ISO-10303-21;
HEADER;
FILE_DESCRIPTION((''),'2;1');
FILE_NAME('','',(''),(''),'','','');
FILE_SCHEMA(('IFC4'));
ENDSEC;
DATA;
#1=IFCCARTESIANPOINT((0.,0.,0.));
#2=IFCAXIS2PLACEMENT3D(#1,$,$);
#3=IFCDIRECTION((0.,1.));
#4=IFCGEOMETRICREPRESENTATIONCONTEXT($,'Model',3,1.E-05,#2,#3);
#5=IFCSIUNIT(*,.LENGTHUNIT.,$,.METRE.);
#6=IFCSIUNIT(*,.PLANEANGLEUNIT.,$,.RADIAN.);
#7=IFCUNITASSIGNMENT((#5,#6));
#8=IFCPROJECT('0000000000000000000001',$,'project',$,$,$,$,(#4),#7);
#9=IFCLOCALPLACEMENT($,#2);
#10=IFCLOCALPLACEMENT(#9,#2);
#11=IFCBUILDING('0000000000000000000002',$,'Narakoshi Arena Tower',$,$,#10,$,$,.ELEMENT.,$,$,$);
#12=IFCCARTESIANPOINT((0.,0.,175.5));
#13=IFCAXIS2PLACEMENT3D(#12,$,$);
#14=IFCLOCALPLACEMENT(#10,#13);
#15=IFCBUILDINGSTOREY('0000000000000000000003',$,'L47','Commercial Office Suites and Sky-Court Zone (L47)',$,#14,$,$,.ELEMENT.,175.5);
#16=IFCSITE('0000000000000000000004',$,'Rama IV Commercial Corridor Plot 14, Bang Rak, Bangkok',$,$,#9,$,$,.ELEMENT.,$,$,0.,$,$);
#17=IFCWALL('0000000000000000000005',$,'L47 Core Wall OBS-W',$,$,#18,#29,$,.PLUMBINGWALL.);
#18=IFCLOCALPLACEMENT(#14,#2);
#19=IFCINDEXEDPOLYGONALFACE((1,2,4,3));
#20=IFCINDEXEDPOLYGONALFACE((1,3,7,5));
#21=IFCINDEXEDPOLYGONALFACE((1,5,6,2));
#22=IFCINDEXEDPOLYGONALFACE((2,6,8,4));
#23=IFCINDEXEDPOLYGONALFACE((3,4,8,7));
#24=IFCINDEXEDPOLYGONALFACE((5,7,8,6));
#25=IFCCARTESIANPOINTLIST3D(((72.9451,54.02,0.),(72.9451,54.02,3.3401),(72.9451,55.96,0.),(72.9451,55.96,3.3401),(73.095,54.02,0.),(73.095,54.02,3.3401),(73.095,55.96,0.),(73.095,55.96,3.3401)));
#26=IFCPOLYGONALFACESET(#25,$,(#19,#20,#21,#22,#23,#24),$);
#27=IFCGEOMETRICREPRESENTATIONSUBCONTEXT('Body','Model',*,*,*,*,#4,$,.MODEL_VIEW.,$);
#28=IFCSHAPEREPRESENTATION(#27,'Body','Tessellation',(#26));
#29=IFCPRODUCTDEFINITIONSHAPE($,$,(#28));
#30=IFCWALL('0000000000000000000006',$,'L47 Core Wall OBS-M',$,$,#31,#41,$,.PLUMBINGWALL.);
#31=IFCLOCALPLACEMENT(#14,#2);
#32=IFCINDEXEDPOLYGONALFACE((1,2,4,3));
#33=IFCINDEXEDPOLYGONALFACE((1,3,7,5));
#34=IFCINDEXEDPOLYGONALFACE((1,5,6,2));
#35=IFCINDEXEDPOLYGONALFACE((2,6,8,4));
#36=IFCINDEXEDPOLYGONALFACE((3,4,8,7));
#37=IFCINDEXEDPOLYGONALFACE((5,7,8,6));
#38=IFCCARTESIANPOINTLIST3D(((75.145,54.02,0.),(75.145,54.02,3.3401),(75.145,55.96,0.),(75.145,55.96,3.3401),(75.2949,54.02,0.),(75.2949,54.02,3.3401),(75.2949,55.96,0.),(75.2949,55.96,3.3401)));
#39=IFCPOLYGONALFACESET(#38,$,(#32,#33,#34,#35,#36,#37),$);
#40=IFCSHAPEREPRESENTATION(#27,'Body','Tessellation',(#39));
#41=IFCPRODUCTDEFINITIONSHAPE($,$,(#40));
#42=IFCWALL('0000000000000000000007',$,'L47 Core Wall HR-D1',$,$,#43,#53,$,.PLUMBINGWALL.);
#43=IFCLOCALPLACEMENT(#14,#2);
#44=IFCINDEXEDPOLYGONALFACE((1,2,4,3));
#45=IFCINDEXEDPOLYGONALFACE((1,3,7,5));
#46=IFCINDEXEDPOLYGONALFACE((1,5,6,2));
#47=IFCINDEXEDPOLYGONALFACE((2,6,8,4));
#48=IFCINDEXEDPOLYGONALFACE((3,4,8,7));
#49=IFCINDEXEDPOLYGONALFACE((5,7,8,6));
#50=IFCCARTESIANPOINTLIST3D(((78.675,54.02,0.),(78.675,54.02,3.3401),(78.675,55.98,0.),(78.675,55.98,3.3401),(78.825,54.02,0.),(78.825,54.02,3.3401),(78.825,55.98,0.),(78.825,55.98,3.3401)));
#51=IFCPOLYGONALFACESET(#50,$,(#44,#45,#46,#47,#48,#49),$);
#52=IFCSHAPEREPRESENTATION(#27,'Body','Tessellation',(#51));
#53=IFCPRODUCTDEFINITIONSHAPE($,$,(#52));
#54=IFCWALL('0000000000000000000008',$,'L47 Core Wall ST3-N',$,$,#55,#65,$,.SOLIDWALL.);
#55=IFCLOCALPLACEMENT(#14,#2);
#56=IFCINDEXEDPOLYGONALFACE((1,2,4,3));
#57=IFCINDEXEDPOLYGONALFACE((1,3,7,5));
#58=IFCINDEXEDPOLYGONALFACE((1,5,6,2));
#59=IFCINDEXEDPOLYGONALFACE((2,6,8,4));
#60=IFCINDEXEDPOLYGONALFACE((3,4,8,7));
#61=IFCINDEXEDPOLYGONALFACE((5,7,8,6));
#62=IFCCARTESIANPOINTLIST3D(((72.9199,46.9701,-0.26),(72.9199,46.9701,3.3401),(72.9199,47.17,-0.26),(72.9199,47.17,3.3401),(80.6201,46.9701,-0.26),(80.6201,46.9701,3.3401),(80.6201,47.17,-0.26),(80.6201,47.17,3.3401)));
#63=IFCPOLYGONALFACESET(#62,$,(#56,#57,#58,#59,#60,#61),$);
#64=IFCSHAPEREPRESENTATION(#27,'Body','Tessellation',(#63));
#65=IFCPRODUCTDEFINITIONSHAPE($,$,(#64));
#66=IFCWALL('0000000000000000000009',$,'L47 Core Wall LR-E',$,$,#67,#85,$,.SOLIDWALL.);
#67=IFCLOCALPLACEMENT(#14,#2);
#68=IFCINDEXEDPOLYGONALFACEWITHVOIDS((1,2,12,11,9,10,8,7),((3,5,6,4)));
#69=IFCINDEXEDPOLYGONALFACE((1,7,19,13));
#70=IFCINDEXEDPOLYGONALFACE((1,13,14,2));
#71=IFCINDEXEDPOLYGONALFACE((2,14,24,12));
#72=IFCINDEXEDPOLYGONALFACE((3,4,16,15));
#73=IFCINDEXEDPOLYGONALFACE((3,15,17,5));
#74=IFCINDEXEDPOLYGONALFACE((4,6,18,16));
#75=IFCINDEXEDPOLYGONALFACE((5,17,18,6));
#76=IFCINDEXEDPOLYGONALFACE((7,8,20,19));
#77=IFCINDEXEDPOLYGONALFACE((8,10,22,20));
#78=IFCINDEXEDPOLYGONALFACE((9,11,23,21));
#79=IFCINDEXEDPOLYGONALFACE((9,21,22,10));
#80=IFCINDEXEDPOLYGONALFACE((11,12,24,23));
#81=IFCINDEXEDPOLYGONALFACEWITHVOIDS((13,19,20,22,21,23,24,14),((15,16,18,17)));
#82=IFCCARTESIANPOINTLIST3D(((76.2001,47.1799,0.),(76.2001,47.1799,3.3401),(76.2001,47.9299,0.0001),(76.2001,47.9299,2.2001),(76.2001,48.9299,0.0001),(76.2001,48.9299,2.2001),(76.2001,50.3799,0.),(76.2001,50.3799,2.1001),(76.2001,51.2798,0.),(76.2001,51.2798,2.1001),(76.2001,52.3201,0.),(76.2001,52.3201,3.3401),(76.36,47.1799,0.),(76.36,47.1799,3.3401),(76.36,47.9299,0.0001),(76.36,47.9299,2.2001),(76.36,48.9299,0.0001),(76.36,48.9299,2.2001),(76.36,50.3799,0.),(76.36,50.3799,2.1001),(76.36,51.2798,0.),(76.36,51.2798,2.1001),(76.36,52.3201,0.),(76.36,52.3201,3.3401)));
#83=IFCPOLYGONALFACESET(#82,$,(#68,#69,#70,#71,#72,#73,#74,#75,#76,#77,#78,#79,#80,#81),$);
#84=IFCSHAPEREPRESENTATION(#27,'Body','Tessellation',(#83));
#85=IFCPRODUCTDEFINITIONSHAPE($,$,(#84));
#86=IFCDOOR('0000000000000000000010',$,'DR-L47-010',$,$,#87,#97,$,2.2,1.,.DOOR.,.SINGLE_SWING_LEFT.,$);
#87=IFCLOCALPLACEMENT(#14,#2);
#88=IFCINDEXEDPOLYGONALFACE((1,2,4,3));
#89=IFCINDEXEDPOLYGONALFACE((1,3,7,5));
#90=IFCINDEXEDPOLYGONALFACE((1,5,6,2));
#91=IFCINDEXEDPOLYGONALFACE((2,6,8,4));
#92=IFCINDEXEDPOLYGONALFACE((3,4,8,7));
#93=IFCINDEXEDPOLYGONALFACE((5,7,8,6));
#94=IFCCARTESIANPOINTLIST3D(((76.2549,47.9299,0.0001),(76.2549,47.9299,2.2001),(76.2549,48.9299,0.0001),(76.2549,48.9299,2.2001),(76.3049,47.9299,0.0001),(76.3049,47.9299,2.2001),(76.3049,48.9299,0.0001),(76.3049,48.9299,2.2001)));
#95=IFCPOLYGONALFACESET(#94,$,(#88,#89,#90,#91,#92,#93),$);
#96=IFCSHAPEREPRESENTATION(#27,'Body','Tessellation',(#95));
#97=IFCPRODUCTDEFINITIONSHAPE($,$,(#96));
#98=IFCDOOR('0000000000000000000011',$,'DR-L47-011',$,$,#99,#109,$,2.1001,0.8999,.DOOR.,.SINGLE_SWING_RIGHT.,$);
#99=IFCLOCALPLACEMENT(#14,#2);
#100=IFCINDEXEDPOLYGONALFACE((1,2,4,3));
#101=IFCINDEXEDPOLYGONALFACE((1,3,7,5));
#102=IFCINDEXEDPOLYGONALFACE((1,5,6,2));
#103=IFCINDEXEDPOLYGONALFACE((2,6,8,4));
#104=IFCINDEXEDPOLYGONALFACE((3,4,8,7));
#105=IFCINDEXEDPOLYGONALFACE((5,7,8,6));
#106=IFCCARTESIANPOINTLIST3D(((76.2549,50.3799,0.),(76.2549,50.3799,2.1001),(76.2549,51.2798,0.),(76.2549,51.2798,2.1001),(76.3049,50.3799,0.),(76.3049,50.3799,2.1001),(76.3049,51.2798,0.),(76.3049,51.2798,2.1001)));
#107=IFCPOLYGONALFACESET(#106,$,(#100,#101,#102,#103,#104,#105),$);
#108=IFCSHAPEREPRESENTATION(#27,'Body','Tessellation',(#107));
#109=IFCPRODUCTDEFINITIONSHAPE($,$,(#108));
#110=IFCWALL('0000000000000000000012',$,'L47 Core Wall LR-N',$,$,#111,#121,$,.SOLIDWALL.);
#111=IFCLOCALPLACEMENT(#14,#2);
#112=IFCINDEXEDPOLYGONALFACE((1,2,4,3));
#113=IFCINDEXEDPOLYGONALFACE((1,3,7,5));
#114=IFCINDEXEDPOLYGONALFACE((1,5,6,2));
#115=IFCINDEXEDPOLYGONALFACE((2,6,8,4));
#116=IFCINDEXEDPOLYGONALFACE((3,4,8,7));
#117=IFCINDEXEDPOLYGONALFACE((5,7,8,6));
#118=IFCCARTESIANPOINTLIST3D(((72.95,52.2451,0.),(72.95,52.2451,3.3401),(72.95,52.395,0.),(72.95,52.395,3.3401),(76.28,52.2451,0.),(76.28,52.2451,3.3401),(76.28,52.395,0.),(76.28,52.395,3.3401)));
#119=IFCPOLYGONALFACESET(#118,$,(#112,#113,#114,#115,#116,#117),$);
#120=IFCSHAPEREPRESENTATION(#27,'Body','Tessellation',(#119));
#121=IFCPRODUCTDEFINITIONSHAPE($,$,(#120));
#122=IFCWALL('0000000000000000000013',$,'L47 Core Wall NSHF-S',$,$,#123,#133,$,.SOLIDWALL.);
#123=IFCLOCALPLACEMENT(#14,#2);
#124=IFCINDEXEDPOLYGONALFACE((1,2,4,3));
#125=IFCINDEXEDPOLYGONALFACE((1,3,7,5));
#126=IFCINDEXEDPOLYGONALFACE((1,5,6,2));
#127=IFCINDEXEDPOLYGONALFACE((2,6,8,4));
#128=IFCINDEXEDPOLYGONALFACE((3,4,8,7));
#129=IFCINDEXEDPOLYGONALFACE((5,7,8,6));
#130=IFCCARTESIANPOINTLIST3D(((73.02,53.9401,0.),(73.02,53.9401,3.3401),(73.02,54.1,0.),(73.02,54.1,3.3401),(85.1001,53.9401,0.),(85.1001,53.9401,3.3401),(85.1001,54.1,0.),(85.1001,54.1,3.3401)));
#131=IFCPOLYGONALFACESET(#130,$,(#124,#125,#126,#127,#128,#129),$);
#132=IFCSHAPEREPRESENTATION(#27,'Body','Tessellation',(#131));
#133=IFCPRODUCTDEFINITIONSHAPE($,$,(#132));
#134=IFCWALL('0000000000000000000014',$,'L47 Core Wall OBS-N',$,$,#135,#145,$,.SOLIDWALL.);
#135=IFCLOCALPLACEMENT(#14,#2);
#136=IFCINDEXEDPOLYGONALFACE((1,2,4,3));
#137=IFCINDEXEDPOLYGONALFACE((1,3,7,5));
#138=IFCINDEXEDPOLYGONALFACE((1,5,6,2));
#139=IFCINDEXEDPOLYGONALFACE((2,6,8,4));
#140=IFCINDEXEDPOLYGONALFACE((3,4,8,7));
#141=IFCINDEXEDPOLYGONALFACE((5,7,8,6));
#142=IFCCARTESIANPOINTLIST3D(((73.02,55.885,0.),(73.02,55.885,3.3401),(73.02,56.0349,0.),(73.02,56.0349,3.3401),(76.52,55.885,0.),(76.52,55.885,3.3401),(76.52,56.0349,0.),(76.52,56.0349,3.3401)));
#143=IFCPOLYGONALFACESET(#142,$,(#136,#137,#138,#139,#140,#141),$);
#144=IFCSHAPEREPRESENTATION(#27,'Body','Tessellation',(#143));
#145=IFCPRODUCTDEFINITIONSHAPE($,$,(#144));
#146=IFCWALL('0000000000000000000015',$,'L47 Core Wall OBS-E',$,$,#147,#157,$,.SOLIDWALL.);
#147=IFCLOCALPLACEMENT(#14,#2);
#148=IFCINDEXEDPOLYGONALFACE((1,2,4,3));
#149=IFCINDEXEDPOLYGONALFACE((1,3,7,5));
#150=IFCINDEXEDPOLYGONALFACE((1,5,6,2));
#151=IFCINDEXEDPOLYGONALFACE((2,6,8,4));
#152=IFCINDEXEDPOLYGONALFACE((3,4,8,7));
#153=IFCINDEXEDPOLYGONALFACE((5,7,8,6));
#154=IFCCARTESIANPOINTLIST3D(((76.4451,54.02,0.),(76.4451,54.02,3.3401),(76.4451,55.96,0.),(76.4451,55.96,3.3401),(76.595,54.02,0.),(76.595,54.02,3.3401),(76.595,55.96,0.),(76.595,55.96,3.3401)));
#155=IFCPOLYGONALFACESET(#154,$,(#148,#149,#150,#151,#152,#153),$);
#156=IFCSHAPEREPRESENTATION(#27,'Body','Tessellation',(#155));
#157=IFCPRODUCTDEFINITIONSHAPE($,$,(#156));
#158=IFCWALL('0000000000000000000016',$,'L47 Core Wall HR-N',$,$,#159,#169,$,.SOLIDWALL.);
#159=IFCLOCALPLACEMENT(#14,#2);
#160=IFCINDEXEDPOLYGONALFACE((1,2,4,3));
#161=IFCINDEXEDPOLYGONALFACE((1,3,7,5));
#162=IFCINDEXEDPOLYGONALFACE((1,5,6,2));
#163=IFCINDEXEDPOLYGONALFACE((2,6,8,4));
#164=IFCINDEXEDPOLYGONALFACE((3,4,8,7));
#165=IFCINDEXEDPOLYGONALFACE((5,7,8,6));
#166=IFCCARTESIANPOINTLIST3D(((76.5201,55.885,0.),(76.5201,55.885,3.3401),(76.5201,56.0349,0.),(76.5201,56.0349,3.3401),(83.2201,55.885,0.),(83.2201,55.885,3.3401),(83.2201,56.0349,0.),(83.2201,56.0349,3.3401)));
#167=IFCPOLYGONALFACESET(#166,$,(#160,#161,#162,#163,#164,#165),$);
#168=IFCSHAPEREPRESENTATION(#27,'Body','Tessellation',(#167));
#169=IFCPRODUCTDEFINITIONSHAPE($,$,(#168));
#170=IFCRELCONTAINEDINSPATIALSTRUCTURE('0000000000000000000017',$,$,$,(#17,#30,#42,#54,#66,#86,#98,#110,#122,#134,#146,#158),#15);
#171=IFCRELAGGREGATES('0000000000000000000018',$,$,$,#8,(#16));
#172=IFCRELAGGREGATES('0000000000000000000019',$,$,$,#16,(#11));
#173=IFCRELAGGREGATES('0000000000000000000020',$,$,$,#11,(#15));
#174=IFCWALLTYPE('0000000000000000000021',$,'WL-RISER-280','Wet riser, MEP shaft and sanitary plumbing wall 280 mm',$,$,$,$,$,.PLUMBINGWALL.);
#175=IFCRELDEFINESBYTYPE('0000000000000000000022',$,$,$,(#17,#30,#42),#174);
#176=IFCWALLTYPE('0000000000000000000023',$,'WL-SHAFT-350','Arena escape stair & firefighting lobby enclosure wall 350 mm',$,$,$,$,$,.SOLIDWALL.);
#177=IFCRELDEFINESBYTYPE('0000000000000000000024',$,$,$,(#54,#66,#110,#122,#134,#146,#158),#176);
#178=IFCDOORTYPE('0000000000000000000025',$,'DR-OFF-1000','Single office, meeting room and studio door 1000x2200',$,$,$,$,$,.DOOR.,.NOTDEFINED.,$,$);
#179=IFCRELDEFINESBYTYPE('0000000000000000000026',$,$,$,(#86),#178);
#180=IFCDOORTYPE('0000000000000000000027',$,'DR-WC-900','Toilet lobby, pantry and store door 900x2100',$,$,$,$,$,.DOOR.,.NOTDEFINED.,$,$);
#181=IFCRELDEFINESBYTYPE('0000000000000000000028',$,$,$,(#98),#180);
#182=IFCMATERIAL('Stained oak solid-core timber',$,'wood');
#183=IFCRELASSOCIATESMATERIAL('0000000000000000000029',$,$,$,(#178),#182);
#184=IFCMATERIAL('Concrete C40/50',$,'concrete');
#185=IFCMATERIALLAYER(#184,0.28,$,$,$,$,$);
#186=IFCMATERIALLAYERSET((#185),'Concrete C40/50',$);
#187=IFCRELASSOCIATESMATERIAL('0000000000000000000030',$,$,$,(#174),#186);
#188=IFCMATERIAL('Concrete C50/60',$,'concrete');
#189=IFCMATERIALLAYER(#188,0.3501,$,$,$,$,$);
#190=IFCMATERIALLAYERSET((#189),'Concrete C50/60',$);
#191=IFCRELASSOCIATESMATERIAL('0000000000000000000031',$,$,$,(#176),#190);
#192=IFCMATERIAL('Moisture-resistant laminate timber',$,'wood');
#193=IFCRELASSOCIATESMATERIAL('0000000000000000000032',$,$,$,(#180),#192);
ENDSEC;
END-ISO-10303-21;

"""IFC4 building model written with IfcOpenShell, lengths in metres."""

from ifc_helpers import new_model, si_unit, direction, frame, frame_2d, origin, place, context, subcontext, project, spatial, rectangle, extrude, material, layer, layer_set, type_object, element, fill, save


model = new_model("IFC4")

# Units and contexts
model_context = context("Model", 3, precision=1e-05, world=origin(), true_north=direction((0.0, 1.0)))
body_context = subcontext(model_context, "Body", "Model", "MODEL_VIEW")
ifc_project = project(units=[si_unit("LENGTHUNIT", "METRE"), si_unit("PLANEANGLEUNIT", "RADIAN")], contexts=[model_context])

# Site, building, storey
site_placement = place(None, origin())
site = spatial("IfcSite", under=ifc_project, at=site_placement, Name="Rama IV Commercial Corridor Plot 14, Bang Rak, Bangkok", CompositionType="ELEMENT", RefElevation=0.0)
building_placement = place(site_placement, origin())
building = spatial("IfcBuilding", under=site, at=building_placement, Name="Narakoshi Arena Tower", CompositionType="ELEMENT")
storey_placement = place(building_placement, frame((0.0, 0.0, 175.5)))
storey = spatial("IfcBuildingStorey", under=building, at=storey_placement, Name="L47", Description="Commercial Office Suites and Sky-Court Zone (L47)", CompositionType="ELEMENT", Elevation=175.5)

# Shared definitions
ifc_material_1 = material(Name="Stained oak solid-core timber", Category="wood")
door_type_1 = type_object("IfcDoorType", Name="DR-OFF-1000", Description="Single office, meeting room and studio door 1000x2200", OperationType="NOTDEFINED", PredefinedType="DOOR", material=ifc_material_1)

# Walls
ifc_material_2 = material(Name="Concrete C40/50", Category="concrete")
ifc_layer_1 = layer(ifc_material_2, 0.28)
ifc_layer_set_1 = layer_set([ifc_layer_1], Name="Concrete C40/50")
wall_type_1 = type_object("IfcWallType", Name="WL-RISER-280", Description="Wet riser, MEP shaft and sanitary plumbing wall 280 mm", PredefinedType="PLUMBINGWALL", material=ifc_layer_set_1)
for number, where, z_axis, x_axis, name in (
    (1, (73.02, 54.02, 0.0), (0.0, 0.0, 1.0), (0.0, 1.0, 0.0), "L47 Core Wall OBS-W"),
    (2, (75.22, 54.02, 0.0), (0.0, 0.0, 1.0), (0.0, 1.0, 0.0), "L47 Core Wall OBS-M"),
):
    element("IfcWall", number, at=place(storey_placement, frame(where, z_axis=z_axis, x_axis=x_axis)), inside=storey, type_object=wall_type_1, Name=name, PredefinedType="PLUMBINGWALL", context=body_context, shape_type="SweptSolid", body=[
        extrude(rectangle(XDim=1.9399, YDim=0.1499, at=frame_2d((0.97, 0.0))), origin(), (0.0, 0.0, 1.0), 3.3401),
    ])
wall_1_placement = place(storey_placement, frame((78.75, 54.02, 0.0), z_axis=(0.0, 0.0, 1.0), x_axis=(0.0, 1.0, 0.0)))
element("IfcWall", 3, at=wall_1_placement, inside=storey, type_object=wall_type_1, Name="L47 Core Wall HR-D1", PredefinedType="PLUMBINGWALL", context=body_context, shape_type="SweptSolid", body=[
    extrude(rectangle(XDim=1.96, YDim=0.1499, at=frame_2d((0.98, 0.0))), origin(), (0.0, 0.0, 1.0), 3.3401),
])
ifc_material_3 = material(Name="Concrete C50/60", Category="concrete")
ifc_layer_2 = layer(ifc_material_3, 0.3501)
ifc_layer_set_2 = layer_set([ifc_layer_2], Name="Concrete C50/60")
wall_type_2 = type_object("IfcWallType", Name="WL-SHAFT-350", Description="Arena escape stair & firefighting lobby enclosure wall 350 mm", PredefinedType="SOLIDWALL", material=ifc_layer_set_2)
wall_2_placement = place(storey_placement, frame((72.9199, 47.0701, -0.26), z_axis=(0.0, 0.0, 1.0), x_axis=(1.0, 0.0, 0.0)))
element("IfcWall", 4, at=wall_2_placement, inside=storey, type_object=wall_type_2, Name="L47 Core Wall ST3-N", PredefinedType="SOLIDWALL", context=body_context, shape_type="SweptSolid", body=[
    extrude(rectangle(XDim=7.7002, YDim=0.2, at=frame_2d((3.8501, 0.0))), origin(), (0.0, 0.0, 1.0), 3.6001),
])

# Wall, openings, doors
wall_3_placement = place(storey_placement, frame((76.28, 47.1799, 0.0), z_axis=(0.0, 0.0, 1.0), x_axis=(0.0, 1.0, 0.0)))
wall_3 = element("IfcWall", 5, at=wall_3_placement, inside=storey, type_object=wall_type_2, Name="L47 Core Wall LR-E", PredefinedType="SOLIDWALL", context=body_context, shape_type="SweptSolid", body=[
    extrude(rectangle(XDim=5.1401, YDim=0.1599, at=frame_2d((2.5701, 0.0))), origin(), (0.0, 0.0, 1.0), 3.3401),
])
opening_1_placement = place(wall_3_placement, frame((0.75, 0.0, 0.0)))
opening_1 = element("IfcOpeningElement", 6, at=opening_1_placement, cuts=wall_3, PredefinedType="OPENING", context=body_context, shape_type="SweptSolid", body=[
    extrude(rectangle(XDim=1.0, YDim=2.2, at=frame_2d((0.5, 1.1001))), frame((0.0, 0.0898, 0.0), z_axis=(0.0, -1.0, 0.0), x_axis=(1.0, 0.0, 0.0)), (0.0, 0.0, 1.0), 0.1799),
])
opening_2_placement = place(wall_3_placement, frame((3.2, 0.0, 0.0)))
opening_2 = element("IfcOpeningElement", 7, at=opening_2_placement, cuts=wall_3, PredefinedType="OPENING", context=body_context, shape_type="SweptSolid", body=[
    extrude(rectangle(XDim=0.8999, YDim=2.1001, at=frame_2d((0.45, 1.05))), frame((0.0, 0.0898, 0.0), z_axis=(0.0, -1.0, 0.0), x_axis=(1.0, 0.0, 0.0)), (0.0, 0.0, 1.0), 0.1799),
])
door_1_placement = place(opening_1_placement, frame((1.0, 0.0, 0.0), z_axis=(0.0, 0.0, 1.0), x_axis=(-1.0, 0.0, 0.0)))
door_1 = element("IfcDoor", 8, at=door_1_placement, inside=storey, type_object=door_type_1, Name="DR-L47-010", OperationType="SINGLE_SWING_LEFT", OverallHeight=2.2, OverallWidth=1.0, PredefinedType="DOOR", context=body_context, shape_type="SweptSolid", body=[
    extrude(rectangle(XDim=1.0, YDim=2.2, at=frame_2d((0.5, 1.1001))), frame((0.0, 0.0249, 0.0), z_axis=(0.0, -1.0, 0.0), x_axis=(1.0, 0.0, 0.0)), (0.0, 0.0, 1.0), 0.05),
])
fill(opening_1, door_1)
ifc_material_4 = material(Name="Moisture-resistant laminate timber", Category="wood")
door_type_2 = type_object("IfcDoorType", Name="DR-WC-900", Description="Toilet lobby, pantry and store door 900x2100", OperationType="NOTDEFINED", PredefinedType="DOOR", material=ifc_material_4)
door_2_placement = place(opening_2_placement, frame((0.8999, 0.0, 0.0), z_axis=(0.0, 0.0, 1.0), x_axis=(-1.0, 0.0, 0.0)))
door_2 = element("IfcDoor", 9, at=door_2_placement, inside=storey, type_object=door_type_2, Name="DR-L47-011", OperationType="SINGLE_SWING_RIGHT", OverallHeight=2.1001, OverallWidth=0.8999, PredefinedType="DOOR", context=body_context, shape_type="SweptSolid", body=[
    extrude(rectangle(XDim=0.8999, YDim=2.1001, at=frame_2d((0.45, 1.05))), frame((0.0, 0.0249, 0.0), z_axis=(0.0, -1.0, 0.0), x_axis=(1.0, 0.0, 0.0)), (0.0, 0.0, 1.0), 0.05),
])
fill(opening_2, door_2)

# Walls
wall_4_placement = place(storey_placement, frame((72.95, 52.3201, 0.0), z_axis=(0.0, 0.0, 1.0), x_axis=(1.0, 0.0, 0.0)))
element("IfcWall", 10, at=wall_4_placement, inside=storey, type_object=wall_type_2, Name="L47 Core Wall LR-N", PredefinedType="SOLIDWALL", context=body_context, shape_type="SweptSolid", body=[
    extrude(rectangle(XDim=3.3301, YDim=0.1499, at=frame_2d((1.665, 0.0))), origin(), (0.0, 0.0, 1.0), 3.3401),
])
wall_5_placement = place(storey_placement, frame((73.02, 54.02, 0.0), z_axis=(0.0, 0.0, 1.0), x_axis=(1.0, 0.0, 0.0)))
element("IfcWall", 11, at=wall_5_placement, inside=storey, type_object=wall_type_2, Name="L47 Core Wall NSHF-S", PredefinedType="SOLIDWALL", context=body_context, shape_type="SweptSolid", body=[
    extrude(rectangle(XDim=12.0801, YDim=0.1599, at=frame_2d((6.04, 0.0))), origin(), (0.0, 0.0, 1.0), 3.3401),
])
wall_6_placement = place(storey_placement, frame((73.02, 55.96, 0.0), z_axis=(0.0, 0.0, 1.0), x_axis=(1.0, 0.0, 0.0)))
element("IfcWall", 12, at=wall_6_placement, inside=storey, type_object=wall_type_2, Name="L47 Core Wall OBS-N", PredefinedType="SOLIDWALL", context=body_context, shape_type="SweptSolid", body=[
    extrude(rectangle(XDim=3.5, YDim=0.1499, at=frame_2d((1.75, 0.0))), origin(), (0.0, 0.0, 1.0), 3.3401),
])
wall_7_placement = place(storey_placement, frame((76.52, 54.02, 0.0), z_axis=(0.0, 0.0, 1.0), x_axis=(0.0, 1.0, 0.0)))
element("IfcWall", 13, at=wall_7_placement, inside=storey, type_object=wall_type_2, Name="L47 Core Wall OBS-E", PredefinedType="SOLIDWALL", context=body_context, shape_type="SweptSolid", body=[
    extrude(rectangle(XDim=1.9399, YDim=0.1499, at=frame_2d((0.97, 0.0))), origin(), (0.0, 0.0, 1.0), 3.3401),
])
wall_8_placement = place(storey_placement, frame((76.52, 55.96, 0.0), z_axis=(0.0, 0.0, 1.0), x_axis=(1.0, 0.0, 0.0)))
element("IfcWall", 14, at=wall_8_placement, inside=storey, type_object=wall_type_2, Name="L47 Core Wall HR-N", PredefinedType="SOLIDWALL", context=body_context, shape_type="SweptSolid", body=[
    extrude(rectangle(XDim=6.7, YDim=0.1499, at=frame_2d((3.3501, 0.0))), origin(), (0.0, 0.0, 1.0), 3.3401),
])

save(model, "model.ifc")
